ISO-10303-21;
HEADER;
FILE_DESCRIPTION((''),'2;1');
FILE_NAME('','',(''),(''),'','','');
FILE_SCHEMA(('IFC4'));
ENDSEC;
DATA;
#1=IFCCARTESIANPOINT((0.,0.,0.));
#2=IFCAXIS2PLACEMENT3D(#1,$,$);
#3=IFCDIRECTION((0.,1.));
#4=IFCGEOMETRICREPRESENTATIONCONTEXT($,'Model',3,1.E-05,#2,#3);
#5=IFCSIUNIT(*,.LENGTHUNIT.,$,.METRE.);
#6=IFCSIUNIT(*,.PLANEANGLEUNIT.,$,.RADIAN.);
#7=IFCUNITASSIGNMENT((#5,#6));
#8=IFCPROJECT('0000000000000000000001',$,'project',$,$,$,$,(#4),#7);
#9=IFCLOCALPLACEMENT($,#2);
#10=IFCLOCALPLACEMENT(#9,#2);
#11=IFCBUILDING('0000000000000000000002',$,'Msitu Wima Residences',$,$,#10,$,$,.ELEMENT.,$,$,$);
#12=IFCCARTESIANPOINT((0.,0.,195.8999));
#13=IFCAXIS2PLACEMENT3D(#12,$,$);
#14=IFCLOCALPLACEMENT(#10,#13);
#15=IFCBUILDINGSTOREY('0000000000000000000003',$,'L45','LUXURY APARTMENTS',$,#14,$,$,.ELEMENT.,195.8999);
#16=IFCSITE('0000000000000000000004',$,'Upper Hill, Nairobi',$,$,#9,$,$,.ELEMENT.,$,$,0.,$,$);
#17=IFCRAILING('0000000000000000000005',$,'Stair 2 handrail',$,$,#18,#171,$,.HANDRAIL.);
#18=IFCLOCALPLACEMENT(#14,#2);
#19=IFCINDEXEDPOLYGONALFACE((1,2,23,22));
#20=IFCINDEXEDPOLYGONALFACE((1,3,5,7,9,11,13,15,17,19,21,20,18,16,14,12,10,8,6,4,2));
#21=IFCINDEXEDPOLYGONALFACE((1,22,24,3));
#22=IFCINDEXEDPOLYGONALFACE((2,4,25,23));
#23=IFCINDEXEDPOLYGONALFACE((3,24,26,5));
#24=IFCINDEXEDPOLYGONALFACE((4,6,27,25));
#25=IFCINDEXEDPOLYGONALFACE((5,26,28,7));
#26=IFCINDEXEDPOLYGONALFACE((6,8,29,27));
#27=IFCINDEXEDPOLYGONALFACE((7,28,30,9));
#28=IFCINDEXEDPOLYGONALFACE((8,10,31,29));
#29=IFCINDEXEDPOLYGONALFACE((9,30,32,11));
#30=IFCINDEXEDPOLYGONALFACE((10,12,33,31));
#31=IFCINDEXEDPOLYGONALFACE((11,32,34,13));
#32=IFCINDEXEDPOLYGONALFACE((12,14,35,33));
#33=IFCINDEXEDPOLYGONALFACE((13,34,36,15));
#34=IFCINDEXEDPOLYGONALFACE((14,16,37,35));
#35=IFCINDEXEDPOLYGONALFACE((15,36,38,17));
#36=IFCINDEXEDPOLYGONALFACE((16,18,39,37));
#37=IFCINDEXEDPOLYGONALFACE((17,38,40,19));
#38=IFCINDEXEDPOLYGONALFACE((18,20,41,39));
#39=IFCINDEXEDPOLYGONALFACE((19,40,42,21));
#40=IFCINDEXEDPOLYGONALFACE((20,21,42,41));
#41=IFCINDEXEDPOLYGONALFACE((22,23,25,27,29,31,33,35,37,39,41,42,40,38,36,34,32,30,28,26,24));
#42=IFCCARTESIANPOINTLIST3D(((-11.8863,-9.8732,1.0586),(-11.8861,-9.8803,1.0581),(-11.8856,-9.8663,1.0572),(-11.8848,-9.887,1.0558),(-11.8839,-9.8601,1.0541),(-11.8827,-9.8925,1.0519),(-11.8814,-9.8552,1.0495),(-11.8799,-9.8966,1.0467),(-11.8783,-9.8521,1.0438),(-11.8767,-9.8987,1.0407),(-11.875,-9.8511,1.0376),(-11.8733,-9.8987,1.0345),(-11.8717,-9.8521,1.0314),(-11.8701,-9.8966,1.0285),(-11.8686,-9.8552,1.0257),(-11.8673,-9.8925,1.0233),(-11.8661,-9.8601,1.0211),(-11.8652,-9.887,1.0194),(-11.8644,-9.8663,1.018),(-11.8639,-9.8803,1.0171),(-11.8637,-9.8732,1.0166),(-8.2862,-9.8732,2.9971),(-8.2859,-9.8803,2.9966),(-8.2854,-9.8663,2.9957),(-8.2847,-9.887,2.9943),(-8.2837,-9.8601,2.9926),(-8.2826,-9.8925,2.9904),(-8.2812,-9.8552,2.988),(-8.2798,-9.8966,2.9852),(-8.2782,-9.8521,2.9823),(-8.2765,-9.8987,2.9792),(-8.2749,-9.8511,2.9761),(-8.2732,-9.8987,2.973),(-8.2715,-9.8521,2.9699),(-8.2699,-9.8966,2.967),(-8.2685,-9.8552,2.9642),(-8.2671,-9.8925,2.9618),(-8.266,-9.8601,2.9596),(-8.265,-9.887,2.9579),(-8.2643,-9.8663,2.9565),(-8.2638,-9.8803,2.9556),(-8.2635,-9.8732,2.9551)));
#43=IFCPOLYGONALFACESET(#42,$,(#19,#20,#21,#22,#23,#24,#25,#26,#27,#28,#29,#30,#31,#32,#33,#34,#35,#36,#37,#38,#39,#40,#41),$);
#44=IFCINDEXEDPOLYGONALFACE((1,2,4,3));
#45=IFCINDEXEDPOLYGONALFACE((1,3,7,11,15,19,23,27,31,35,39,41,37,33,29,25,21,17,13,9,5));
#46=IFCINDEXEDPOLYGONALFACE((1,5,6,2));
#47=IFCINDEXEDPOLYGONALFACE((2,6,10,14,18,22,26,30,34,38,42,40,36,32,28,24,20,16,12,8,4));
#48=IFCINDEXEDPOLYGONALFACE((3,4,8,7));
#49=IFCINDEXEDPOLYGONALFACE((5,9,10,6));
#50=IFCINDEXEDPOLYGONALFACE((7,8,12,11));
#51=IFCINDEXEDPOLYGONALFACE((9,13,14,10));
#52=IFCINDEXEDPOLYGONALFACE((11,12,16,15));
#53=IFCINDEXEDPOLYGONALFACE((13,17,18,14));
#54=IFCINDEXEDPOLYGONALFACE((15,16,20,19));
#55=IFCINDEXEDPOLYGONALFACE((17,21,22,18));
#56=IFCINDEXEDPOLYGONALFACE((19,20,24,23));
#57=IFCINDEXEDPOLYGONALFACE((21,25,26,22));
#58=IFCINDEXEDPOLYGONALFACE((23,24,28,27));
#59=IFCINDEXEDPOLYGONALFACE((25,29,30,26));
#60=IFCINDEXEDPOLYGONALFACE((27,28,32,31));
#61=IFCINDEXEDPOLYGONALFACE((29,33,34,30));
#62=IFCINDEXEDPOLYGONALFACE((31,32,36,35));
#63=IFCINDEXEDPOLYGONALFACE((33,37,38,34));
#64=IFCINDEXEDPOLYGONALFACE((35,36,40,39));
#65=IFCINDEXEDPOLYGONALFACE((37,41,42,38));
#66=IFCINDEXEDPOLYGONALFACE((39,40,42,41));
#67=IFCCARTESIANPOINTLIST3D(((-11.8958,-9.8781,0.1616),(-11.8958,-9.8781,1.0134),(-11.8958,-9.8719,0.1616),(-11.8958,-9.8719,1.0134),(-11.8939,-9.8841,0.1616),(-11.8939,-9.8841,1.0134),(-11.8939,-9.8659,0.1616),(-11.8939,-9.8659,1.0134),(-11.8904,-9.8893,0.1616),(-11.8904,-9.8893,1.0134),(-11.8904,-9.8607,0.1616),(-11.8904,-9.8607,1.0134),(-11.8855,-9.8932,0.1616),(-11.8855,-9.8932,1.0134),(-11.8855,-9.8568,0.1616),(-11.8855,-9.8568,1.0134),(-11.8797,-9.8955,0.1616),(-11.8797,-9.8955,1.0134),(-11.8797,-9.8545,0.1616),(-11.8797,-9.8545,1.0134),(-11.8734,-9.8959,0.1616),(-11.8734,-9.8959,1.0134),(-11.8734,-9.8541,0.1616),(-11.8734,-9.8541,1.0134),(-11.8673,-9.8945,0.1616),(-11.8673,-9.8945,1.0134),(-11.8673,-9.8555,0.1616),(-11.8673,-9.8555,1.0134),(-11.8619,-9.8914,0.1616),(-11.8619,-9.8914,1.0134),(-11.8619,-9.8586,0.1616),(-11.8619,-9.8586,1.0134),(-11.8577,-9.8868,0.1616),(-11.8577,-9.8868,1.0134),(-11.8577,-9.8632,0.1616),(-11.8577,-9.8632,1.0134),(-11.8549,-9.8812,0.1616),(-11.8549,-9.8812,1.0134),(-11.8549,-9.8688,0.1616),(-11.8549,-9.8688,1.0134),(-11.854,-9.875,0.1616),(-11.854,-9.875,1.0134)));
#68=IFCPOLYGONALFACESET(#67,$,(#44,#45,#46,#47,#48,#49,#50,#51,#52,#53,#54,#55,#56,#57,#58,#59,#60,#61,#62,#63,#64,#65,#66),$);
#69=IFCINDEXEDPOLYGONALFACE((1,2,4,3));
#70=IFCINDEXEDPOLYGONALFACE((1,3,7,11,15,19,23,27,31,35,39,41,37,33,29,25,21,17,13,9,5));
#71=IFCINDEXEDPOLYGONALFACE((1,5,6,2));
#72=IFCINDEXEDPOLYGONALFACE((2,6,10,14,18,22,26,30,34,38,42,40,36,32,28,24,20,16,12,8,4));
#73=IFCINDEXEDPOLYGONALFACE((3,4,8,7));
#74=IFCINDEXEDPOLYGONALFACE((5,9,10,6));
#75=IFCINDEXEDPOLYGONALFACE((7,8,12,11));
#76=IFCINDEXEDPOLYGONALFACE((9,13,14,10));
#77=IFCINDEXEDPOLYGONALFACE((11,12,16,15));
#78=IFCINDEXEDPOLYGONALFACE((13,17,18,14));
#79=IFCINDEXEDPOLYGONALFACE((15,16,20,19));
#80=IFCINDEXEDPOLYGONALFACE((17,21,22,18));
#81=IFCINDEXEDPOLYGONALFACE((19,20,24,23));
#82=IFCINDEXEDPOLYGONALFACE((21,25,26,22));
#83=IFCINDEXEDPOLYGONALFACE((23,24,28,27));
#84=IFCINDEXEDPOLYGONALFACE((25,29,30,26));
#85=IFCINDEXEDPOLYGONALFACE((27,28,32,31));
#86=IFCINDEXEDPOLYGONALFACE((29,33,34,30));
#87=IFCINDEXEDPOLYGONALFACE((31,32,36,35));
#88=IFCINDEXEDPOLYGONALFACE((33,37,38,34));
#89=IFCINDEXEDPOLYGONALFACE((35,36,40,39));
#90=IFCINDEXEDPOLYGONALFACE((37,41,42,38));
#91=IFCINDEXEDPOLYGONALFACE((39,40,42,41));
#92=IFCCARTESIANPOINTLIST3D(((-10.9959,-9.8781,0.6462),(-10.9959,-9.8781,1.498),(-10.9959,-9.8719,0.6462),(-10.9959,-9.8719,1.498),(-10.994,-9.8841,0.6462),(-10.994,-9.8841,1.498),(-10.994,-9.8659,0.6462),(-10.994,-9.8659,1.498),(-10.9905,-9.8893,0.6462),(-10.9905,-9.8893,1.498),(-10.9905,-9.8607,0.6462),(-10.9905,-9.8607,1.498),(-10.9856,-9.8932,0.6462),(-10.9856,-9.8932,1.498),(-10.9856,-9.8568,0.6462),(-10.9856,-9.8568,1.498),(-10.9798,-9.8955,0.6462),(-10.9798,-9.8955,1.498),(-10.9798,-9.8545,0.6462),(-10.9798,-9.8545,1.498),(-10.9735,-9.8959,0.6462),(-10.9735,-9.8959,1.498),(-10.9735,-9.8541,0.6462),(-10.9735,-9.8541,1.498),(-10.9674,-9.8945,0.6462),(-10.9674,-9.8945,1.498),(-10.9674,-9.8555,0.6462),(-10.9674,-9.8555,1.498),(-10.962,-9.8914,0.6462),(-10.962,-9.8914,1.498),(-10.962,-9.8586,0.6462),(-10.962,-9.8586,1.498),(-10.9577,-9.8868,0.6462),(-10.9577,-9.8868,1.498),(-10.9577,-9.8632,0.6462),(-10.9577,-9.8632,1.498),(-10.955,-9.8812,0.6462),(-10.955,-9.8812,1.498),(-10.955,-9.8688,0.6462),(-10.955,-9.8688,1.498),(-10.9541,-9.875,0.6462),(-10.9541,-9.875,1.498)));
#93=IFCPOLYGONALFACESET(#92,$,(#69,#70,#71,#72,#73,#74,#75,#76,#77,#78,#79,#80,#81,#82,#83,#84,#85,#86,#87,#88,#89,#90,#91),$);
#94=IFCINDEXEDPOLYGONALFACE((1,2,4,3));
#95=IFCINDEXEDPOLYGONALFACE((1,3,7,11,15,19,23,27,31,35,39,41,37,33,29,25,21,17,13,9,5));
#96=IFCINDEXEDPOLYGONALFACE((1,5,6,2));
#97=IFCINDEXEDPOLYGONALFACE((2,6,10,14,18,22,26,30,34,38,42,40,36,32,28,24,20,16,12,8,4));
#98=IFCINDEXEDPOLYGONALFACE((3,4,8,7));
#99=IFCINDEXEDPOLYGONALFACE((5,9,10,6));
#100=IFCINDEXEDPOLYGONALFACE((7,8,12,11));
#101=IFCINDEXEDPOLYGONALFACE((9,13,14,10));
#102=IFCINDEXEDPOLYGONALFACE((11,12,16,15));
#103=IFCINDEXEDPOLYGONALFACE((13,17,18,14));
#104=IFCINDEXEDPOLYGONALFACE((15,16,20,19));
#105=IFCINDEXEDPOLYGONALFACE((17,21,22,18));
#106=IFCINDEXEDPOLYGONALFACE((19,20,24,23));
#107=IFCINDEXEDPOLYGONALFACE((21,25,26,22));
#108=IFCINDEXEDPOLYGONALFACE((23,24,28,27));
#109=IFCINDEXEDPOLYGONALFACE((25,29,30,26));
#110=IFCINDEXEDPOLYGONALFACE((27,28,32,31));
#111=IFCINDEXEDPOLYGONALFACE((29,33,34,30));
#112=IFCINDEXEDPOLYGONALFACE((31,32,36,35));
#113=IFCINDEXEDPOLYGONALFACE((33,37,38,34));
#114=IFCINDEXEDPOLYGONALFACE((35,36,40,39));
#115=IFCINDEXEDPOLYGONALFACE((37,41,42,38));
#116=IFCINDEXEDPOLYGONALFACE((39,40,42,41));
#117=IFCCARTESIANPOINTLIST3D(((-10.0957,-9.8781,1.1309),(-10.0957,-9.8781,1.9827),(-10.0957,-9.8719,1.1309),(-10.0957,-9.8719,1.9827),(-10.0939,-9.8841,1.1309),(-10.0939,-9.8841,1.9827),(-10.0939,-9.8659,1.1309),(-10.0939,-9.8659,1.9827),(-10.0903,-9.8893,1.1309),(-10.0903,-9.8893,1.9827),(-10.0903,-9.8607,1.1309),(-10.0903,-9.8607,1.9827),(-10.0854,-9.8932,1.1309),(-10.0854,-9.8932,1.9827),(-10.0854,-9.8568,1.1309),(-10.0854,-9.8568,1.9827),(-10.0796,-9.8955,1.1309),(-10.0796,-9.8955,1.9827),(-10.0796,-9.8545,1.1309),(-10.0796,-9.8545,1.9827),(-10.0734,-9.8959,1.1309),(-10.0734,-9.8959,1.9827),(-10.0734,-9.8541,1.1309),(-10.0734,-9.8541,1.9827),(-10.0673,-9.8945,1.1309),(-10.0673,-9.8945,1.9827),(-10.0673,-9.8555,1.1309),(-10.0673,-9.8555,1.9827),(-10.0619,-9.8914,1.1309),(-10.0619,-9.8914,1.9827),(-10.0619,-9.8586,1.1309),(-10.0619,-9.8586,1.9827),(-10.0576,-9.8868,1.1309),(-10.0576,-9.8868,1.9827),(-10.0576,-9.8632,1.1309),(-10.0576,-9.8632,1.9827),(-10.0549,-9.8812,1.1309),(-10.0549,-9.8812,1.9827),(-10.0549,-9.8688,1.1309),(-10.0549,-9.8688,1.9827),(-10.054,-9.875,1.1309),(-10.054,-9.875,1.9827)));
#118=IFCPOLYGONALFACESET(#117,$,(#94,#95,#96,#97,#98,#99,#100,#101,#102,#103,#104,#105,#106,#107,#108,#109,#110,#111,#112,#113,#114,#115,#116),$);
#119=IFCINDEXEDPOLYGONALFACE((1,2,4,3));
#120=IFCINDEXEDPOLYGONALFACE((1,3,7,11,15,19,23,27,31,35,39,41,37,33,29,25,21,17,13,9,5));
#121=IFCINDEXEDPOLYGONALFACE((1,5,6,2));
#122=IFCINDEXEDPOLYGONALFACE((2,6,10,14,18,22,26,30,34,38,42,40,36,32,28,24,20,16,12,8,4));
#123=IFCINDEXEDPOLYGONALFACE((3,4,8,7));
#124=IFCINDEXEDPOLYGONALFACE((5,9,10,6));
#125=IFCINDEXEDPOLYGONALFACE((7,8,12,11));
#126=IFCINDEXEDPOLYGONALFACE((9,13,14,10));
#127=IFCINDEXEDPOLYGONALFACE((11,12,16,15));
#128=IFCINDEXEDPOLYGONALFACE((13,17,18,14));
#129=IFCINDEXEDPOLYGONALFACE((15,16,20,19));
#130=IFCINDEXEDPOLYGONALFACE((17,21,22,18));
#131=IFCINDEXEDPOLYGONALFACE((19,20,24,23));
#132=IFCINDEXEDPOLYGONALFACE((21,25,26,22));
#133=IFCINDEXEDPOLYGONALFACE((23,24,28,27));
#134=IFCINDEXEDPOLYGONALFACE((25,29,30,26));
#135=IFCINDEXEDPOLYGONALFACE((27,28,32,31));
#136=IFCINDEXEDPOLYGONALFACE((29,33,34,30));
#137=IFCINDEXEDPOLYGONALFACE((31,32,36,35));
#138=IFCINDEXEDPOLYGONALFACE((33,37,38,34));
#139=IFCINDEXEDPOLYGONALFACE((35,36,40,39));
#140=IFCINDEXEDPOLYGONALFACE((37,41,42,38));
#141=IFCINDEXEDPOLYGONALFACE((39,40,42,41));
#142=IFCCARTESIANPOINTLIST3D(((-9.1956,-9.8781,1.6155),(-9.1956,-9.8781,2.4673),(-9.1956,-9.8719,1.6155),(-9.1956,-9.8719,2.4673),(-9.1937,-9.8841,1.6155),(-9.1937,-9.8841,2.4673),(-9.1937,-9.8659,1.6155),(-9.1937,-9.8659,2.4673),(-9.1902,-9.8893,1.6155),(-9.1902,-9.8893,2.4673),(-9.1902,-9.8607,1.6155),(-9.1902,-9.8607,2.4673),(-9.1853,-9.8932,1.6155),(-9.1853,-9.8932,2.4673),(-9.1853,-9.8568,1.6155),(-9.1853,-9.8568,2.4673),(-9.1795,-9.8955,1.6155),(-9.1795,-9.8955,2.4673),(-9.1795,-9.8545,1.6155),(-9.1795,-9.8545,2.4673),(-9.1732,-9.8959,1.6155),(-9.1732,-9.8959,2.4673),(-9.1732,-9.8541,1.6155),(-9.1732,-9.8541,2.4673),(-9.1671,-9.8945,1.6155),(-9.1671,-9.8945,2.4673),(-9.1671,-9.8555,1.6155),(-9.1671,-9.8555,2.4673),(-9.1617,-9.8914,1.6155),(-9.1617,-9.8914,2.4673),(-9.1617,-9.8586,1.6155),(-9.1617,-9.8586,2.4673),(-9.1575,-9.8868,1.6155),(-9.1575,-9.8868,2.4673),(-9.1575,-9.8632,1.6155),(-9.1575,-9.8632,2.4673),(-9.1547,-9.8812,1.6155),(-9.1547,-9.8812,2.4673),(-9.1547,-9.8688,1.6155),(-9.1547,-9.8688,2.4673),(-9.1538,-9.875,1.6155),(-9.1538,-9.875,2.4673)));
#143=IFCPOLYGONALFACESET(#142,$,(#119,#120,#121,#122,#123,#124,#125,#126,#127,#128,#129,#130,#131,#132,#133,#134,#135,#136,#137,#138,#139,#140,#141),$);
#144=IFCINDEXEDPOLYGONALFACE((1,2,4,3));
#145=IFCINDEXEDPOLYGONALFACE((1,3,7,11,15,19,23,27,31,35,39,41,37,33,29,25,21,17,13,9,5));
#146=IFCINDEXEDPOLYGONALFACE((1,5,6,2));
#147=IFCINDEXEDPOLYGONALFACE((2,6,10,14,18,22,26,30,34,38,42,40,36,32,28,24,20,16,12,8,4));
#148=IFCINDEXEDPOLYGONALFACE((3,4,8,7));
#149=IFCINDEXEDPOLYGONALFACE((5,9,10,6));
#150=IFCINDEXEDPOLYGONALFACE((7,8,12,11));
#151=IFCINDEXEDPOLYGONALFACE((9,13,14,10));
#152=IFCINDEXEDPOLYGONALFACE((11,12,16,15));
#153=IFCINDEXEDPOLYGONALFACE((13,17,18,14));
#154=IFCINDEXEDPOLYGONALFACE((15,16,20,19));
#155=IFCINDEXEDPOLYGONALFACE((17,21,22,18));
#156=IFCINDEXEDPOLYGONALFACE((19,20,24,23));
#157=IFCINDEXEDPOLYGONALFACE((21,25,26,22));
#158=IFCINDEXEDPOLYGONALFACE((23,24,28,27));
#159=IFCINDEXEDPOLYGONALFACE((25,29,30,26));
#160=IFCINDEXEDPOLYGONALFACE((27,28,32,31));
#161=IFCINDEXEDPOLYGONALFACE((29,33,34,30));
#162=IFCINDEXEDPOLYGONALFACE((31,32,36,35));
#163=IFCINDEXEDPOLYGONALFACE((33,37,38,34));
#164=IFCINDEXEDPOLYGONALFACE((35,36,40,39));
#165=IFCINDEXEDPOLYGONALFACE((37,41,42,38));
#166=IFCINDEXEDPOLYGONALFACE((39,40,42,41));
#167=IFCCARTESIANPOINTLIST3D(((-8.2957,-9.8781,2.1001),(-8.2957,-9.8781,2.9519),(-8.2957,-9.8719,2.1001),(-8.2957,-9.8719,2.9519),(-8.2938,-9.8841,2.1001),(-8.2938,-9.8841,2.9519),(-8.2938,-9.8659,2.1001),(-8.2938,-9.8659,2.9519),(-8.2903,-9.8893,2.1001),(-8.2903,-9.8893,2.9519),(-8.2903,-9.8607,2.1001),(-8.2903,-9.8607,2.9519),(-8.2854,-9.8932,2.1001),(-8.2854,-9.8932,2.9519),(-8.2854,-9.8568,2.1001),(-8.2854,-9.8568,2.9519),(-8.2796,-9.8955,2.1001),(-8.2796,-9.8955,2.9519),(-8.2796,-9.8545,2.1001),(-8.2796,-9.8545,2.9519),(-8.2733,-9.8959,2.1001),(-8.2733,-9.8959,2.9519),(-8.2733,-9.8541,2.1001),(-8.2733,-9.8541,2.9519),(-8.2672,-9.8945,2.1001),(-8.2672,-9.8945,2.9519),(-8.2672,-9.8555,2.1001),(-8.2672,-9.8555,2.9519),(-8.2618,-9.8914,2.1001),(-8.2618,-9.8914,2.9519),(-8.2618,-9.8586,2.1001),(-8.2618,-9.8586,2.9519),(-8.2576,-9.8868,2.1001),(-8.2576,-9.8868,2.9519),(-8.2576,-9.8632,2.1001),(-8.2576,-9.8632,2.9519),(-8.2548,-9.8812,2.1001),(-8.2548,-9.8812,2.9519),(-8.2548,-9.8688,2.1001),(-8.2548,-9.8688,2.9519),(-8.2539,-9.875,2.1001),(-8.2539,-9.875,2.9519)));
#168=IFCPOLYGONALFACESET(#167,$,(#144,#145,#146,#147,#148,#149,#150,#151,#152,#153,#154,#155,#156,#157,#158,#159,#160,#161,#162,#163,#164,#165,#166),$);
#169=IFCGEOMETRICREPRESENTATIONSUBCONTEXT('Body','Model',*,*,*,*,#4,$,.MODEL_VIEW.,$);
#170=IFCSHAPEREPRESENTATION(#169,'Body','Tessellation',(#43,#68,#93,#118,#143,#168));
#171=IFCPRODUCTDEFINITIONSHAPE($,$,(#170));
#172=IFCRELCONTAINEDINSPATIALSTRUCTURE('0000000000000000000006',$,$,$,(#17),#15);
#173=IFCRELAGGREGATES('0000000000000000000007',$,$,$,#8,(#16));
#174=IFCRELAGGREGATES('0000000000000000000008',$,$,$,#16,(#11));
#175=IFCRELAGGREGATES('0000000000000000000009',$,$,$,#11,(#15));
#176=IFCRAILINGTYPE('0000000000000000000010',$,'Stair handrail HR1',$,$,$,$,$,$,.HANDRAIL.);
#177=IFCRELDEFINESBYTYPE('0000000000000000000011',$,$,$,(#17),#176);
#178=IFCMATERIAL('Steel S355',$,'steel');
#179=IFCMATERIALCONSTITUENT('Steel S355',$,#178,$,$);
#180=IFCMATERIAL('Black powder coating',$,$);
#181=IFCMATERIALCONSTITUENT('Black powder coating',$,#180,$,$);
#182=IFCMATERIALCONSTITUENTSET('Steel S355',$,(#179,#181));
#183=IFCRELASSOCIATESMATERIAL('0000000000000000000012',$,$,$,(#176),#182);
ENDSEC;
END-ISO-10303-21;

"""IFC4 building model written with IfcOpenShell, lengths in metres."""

from ifc_helpers import new_model, si_unit, direction, frame, origin, origin_2d, place, context, subcontext, project, spatial, circle, extrude, material, constituent, constituent_set, type_object, element, save


model = new_model("IFC4")

# Units and contexts
model_context = context("Model", 3, precision=1e-05, world=origin(), true_north=direction((0.0, 1.0)))
body_context = subcontext(model_context, "Body", "Model", "MODEL_VIEW")
ifc_project = project(units=[si_unit("LENGTHUNIT", "METRE"), si_unit("PLANEANGLEUNIT", "RADIAN")], contexts=[model_context])

# Site, building, storey
site_placement = place(None, origin())
site = spatial("IfcSite", under=ifc_project, at=site_placement, Name="Upper Hill, Nairobi", CompositionType="ELEMENT", RefElevation=0.0)
building_placement = place(site_placement, origin())
building = spatial("IfcBuilding", under=site, at=building_placement, Name="Msitu Wima Residences", CompositionType="ELEMENT")
storey_placement = place(building_placement, frame((0.0, 0.0, 195.8999)))
storey = spatial("IfcBuildingStorey", under=building, at=storey_placement, Name="L45", Description="LUXURY APARTMENTS", CompositionType="ELEMENT", Elevation=195.8999)

# Railing
ifc_material_1 = material(Name="Steel S355", Category="steel")
ifc_constituent_1 = constituent(ifc_material_1, Name="Steel S355")
ifc_material_2 = material(Name="Black powder coating")
ifc_constituent_2 = constituent(ifc_material_2, Name="Black powder coating")
ifc_constituent_set = constituent_set(constituents=[ifc_constituent_1, ifc_constituent_2], Name="Steel S355")
railing_type = type_object("IfcRailingType", Name="Stair handrail HR1", PredefinedType="HANDRAIL", material=ifc_constituent_set)
for number, where, name in (
    (1, (-11.875, -9.875, 0.1616), "Stair 2 handrail"),
):
    element("IfcRailing", number, at=place(storey_placement, frame(where)), inside=storey, type_object=railing_type, Name=name, PredefinedType="HANDRAIL", context=body_context, shape_type="SweptSolid", body=[
        extrude(circle(Radius=0.0239, at=origin_2d()), frame((0.0, 0.0, 0.876), z_axis=(0.880475, 0.0, 0.474093), x_axis=(0.0, 1.0, 0.0)), (0.0, 0.0, 1.0), 4.0889),
        extrude(circle(Radius=0.021, at=origin_2d()), origin(), (0.0, 0.0, 1.0), 0.8518),
        extrude(circle(Radius=0.021, at=origin_2d()), frame((0.8999, 0.0, 0.4846)), (0.0, 0.0, 1.0), 0.8518),
        extrude(circle(Radius=0.021, at=origin_2d()), frame((1.8, 0.0, 0.9692)), (0.0, 0.0, 1.0), 0.8518),
        extrude(circle(Radius=0.021, at=origin_2d()), frame((2.7002, 0.0, 1.4539)), (0.0, 0.0, 1.0), 0.8518),
        extrude(circle(Radius=0.021, at=origin_2d()), frame((3.6001, 0.0, 1.9385)), (0.0, 0.0, 1.0), 0.8518),
    ])

save(model, "model.ifc")
